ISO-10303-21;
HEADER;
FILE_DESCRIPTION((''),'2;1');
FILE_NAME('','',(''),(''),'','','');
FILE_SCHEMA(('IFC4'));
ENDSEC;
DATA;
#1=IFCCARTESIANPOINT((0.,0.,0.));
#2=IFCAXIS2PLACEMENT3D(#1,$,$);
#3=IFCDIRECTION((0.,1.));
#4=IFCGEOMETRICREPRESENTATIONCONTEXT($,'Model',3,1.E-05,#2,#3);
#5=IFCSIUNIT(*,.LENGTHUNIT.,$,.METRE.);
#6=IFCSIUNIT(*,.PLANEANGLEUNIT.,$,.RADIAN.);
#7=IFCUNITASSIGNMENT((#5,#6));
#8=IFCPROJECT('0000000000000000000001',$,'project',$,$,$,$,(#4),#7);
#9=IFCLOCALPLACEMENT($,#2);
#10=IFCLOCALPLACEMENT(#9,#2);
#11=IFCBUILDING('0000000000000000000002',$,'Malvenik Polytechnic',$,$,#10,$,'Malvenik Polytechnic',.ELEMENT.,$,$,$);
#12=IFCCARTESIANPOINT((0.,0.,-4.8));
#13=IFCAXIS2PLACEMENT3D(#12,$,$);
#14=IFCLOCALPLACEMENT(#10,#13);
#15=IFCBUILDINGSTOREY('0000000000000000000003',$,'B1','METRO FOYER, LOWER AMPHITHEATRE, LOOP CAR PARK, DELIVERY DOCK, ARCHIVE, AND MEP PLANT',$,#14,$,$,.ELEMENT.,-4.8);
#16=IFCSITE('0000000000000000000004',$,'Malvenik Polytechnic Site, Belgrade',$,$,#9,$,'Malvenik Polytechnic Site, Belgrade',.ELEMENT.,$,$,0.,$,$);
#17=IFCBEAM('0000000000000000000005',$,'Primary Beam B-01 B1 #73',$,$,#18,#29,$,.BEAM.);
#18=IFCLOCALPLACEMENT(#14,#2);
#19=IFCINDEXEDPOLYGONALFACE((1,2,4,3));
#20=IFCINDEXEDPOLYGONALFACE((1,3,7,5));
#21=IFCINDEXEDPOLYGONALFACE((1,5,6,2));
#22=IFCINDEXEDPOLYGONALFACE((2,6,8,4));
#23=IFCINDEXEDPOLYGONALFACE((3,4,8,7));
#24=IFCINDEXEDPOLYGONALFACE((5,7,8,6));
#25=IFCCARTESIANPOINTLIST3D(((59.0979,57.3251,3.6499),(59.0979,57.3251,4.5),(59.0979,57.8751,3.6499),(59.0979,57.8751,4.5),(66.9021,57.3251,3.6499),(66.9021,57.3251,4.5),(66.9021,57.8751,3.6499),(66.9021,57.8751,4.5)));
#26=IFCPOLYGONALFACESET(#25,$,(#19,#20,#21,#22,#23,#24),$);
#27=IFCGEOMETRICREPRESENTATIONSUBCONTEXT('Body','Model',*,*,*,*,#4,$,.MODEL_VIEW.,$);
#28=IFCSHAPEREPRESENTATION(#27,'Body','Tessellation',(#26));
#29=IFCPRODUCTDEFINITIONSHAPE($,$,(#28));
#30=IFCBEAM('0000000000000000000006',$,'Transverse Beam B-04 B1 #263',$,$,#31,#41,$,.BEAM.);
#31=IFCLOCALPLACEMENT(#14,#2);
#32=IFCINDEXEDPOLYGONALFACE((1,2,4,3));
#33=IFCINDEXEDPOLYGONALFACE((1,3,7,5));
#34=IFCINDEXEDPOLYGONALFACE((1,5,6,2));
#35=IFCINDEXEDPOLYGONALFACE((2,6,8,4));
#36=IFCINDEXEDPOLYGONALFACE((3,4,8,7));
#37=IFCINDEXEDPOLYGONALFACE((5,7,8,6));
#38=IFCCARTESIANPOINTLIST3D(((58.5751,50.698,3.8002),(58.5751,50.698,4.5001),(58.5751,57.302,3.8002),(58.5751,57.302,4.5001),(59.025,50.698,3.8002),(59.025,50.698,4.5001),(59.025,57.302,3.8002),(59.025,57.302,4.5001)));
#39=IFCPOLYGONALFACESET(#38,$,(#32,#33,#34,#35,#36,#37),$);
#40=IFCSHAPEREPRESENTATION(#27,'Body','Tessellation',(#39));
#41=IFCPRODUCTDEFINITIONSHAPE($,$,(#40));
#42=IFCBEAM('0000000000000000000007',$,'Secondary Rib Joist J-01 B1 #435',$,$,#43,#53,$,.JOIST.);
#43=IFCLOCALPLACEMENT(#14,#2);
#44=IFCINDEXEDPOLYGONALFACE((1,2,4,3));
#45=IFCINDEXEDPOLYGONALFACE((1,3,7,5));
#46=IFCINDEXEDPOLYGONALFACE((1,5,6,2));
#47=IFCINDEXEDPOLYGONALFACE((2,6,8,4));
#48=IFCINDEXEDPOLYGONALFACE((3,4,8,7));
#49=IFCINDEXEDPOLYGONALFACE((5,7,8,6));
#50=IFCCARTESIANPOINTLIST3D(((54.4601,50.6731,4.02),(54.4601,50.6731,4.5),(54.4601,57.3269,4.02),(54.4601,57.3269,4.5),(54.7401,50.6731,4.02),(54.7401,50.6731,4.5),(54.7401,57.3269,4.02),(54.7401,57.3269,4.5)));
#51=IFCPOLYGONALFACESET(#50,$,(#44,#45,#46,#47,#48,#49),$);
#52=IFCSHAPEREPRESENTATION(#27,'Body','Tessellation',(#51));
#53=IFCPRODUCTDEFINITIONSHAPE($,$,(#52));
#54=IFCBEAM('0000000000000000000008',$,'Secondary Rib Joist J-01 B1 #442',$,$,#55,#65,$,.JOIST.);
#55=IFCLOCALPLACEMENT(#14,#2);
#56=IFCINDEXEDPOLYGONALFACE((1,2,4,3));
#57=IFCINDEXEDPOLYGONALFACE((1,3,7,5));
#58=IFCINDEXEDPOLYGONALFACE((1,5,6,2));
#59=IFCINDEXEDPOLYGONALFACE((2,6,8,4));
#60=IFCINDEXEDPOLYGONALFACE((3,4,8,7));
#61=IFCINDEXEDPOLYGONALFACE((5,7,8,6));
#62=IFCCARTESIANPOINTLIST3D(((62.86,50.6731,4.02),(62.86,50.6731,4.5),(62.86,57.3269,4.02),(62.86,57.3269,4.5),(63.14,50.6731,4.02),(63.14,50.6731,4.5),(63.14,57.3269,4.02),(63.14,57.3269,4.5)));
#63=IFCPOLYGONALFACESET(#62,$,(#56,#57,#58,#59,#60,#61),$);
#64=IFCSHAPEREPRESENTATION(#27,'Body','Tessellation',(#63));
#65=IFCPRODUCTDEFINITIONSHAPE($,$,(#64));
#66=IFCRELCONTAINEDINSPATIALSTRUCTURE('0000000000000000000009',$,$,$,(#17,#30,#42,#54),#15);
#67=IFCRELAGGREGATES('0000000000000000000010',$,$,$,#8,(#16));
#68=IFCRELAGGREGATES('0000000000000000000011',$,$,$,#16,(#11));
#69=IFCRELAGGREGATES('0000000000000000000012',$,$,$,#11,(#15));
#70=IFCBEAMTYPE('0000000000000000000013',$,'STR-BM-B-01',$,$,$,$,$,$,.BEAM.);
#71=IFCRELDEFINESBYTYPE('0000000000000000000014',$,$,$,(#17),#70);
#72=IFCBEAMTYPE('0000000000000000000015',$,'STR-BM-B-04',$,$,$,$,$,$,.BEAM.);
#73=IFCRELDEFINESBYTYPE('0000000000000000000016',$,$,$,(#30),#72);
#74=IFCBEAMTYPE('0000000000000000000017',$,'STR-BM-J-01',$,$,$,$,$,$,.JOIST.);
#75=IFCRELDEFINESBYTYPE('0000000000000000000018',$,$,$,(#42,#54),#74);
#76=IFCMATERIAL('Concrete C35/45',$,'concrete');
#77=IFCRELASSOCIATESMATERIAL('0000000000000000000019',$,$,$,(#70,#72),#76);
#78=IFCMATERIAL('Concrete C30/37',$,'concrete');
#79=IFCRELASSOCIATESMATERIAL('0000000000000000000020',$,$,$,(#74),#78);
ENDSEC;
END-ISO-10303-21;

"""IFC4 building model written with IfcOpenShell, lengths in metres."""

from ifc_helpers import new_model, si_unit, direction, frame, origin, origin_2d, place, context, subcontext, project, spatial, rectangle, extrude, material, material_profile, profile_set, type_object, element, save


model = new_model("IFC4")

# Units and contexts
model_context = context("Model", 3, precision=1e-05, world=origin(), true_north=direction((0.0, 1.0)))
body_context = subcontext(model_context, "Body", "Model", "MODEL_VIEW")
ifc_project = project(units=[si_unit("LENGTHUNIT", "METRE"), si_unit("PLANEANGLEUNIT", "RADIAN")], contexts=[model_context])

# Site, building, storey
site_placement = place(None, origin())
site = spatial("IfcSite", under=ifc_project, at=site_placement, Name="Malvenik Polytechnic Site, Belgrade", LongName="Malvenik Polytechnic Site, Belgrade", CompositionType="ELEMENT", RefElevation=0.0)
building_placement = place(site_placement, origin())
building = spatial("IfcBuilding", under=site, at=building_placement, Name="Malvenik Polytechnic", LongName="Malvenik Polytechnic", CompositionType="ELEMENT")
storey_placement = place(building_placement, frame((0.0, 0.0, -4.8)))
storey = spatial("IfcBuildingStorey", under=building, at=storey_placement, Name="B1", Description="METRO FOYER, LOWER AMPHITHEATRE, LOOP CAR PARK, DELIVERY DOCK, ARCHIVE, AND MEP PLANT", CompositionType="ELEMENT", Elevation=-4.8)

# Shared definitions
ifc_material_1 = material(Name="Concrete C35/45", Category="concrete")

# Beams
ifc_material_profile_1 = material_profile(ifc_material_1, rectangle(XDim=0.55, YDim=0.8501, at=origin_2d()), Name="RC BM 550x850")
ifc_profile_set_1 = profile_set([ifc_material_profile_1], Name="Concrete C35/45")
beam_type_1 = type_object("IfcBeamType", Name="STR-BM-B-01", PredefinedType="BEAM", material=ifc_profile_set_1)
beam_1_placement = place(storey_placement, frame((59.0979, 57.6001, 4.075), z_axis=(1.0, 0.0, 0.0), x_axis=(0.0, 1.0, 0.0)))
element("IfcBeam", 1, at=beam_1_placement, inside=storey, type_object=beam_type_1, Name="Primary Beam B-01 B1 #73", PredefinedType="BEAM", context=body_context, shape_type="SweptSolid", body=[
    extrude(rectangle(XDim=0.55, YDim=0.8501, at=origin_2d()), origin(), (0.0, 0.0, 1.0), 7.8042),
])
ifc_material_profile_2 = material_profile(ifc_material_1, rectangle(XDim=0.45, YDim=0.7, at=origin_2d()), Name="RC BM 450x700")
ifc_profile_set_2 = profile_set([ifc_material_profile_2], Name="Concrete C35/45")
beam_type_2 = type_object("IfcBeamType", Name="STR-BM-B-04", PredefinedType="BEAM", material=ifc_profile_set_2)
beam_2_placement = place(storey_placement, frame((58.8, 50.698, 4.1501), z_axis=(0.0, 1.0, 0.0), x_axis=(-1.0, 0.0, 0.0)))
element("IfcBeam", 2, at=beam_2_placement, inside=storey, type_object=beam_type_2, Name="Transverse Beam B-04 B1 #263", PredefinedType="BEAM", context=body_context, shape_type="SweptSolid", body=[
    extrude(rectangle(XDim=0.45, YDim=0.7, at=origin_2d()), origin(), (0.0, 0.0, 1.0), 6.604),
])
ifc_material_2 = material(Name="Concrete C30/37", Category="concrete")
ifc_material_profile_3 = material_profile(ifc_material_2, rectangle(XDim=0.28, YDim=0.48, at=origin_2d()), Name="RC JST 280x480")
ifc_profile_set_3 = profile_set([ifc_material_profile_3], Name="Concrete C30/37")
beam_type_3 = type_object("IfcBeamType", Name="STR-BM-J-01", PredefinedType="JOIST", material=ifc_profile_set_3)
for number, where, z_axis, x_axis, name in (
    (3, (54.6001, 50.6731, 4.26), (0.0, 1.0, 0.0), (-1.0, 0.0, 0.0), "Secondary Rib Joist J-01 B1 #435"),
    (4, (63.0, 50.6731, 4.26), (0.0, 1.0, 0.0), (-1.0, 0.0, 0.0), "Secondary Rib Joist J-01 B1 #442"),
):
    element("IfcBeam", number, at=place(storey_placement, frame(where, z_axis=z_axis, x_axis=x_axis)), inside=storey, type_object=beam_type_3, Name=name, PredefinedType="JOIST", context=body_context, shape_type="SweptSolid", body=[
        extrude(rectangle(XDim=0.28, YDim=0.48, at=origin_2d()), origin(), (0.0, 0.0, 1.0), 6.6538),
    ])

save(model, "model.ifc")
